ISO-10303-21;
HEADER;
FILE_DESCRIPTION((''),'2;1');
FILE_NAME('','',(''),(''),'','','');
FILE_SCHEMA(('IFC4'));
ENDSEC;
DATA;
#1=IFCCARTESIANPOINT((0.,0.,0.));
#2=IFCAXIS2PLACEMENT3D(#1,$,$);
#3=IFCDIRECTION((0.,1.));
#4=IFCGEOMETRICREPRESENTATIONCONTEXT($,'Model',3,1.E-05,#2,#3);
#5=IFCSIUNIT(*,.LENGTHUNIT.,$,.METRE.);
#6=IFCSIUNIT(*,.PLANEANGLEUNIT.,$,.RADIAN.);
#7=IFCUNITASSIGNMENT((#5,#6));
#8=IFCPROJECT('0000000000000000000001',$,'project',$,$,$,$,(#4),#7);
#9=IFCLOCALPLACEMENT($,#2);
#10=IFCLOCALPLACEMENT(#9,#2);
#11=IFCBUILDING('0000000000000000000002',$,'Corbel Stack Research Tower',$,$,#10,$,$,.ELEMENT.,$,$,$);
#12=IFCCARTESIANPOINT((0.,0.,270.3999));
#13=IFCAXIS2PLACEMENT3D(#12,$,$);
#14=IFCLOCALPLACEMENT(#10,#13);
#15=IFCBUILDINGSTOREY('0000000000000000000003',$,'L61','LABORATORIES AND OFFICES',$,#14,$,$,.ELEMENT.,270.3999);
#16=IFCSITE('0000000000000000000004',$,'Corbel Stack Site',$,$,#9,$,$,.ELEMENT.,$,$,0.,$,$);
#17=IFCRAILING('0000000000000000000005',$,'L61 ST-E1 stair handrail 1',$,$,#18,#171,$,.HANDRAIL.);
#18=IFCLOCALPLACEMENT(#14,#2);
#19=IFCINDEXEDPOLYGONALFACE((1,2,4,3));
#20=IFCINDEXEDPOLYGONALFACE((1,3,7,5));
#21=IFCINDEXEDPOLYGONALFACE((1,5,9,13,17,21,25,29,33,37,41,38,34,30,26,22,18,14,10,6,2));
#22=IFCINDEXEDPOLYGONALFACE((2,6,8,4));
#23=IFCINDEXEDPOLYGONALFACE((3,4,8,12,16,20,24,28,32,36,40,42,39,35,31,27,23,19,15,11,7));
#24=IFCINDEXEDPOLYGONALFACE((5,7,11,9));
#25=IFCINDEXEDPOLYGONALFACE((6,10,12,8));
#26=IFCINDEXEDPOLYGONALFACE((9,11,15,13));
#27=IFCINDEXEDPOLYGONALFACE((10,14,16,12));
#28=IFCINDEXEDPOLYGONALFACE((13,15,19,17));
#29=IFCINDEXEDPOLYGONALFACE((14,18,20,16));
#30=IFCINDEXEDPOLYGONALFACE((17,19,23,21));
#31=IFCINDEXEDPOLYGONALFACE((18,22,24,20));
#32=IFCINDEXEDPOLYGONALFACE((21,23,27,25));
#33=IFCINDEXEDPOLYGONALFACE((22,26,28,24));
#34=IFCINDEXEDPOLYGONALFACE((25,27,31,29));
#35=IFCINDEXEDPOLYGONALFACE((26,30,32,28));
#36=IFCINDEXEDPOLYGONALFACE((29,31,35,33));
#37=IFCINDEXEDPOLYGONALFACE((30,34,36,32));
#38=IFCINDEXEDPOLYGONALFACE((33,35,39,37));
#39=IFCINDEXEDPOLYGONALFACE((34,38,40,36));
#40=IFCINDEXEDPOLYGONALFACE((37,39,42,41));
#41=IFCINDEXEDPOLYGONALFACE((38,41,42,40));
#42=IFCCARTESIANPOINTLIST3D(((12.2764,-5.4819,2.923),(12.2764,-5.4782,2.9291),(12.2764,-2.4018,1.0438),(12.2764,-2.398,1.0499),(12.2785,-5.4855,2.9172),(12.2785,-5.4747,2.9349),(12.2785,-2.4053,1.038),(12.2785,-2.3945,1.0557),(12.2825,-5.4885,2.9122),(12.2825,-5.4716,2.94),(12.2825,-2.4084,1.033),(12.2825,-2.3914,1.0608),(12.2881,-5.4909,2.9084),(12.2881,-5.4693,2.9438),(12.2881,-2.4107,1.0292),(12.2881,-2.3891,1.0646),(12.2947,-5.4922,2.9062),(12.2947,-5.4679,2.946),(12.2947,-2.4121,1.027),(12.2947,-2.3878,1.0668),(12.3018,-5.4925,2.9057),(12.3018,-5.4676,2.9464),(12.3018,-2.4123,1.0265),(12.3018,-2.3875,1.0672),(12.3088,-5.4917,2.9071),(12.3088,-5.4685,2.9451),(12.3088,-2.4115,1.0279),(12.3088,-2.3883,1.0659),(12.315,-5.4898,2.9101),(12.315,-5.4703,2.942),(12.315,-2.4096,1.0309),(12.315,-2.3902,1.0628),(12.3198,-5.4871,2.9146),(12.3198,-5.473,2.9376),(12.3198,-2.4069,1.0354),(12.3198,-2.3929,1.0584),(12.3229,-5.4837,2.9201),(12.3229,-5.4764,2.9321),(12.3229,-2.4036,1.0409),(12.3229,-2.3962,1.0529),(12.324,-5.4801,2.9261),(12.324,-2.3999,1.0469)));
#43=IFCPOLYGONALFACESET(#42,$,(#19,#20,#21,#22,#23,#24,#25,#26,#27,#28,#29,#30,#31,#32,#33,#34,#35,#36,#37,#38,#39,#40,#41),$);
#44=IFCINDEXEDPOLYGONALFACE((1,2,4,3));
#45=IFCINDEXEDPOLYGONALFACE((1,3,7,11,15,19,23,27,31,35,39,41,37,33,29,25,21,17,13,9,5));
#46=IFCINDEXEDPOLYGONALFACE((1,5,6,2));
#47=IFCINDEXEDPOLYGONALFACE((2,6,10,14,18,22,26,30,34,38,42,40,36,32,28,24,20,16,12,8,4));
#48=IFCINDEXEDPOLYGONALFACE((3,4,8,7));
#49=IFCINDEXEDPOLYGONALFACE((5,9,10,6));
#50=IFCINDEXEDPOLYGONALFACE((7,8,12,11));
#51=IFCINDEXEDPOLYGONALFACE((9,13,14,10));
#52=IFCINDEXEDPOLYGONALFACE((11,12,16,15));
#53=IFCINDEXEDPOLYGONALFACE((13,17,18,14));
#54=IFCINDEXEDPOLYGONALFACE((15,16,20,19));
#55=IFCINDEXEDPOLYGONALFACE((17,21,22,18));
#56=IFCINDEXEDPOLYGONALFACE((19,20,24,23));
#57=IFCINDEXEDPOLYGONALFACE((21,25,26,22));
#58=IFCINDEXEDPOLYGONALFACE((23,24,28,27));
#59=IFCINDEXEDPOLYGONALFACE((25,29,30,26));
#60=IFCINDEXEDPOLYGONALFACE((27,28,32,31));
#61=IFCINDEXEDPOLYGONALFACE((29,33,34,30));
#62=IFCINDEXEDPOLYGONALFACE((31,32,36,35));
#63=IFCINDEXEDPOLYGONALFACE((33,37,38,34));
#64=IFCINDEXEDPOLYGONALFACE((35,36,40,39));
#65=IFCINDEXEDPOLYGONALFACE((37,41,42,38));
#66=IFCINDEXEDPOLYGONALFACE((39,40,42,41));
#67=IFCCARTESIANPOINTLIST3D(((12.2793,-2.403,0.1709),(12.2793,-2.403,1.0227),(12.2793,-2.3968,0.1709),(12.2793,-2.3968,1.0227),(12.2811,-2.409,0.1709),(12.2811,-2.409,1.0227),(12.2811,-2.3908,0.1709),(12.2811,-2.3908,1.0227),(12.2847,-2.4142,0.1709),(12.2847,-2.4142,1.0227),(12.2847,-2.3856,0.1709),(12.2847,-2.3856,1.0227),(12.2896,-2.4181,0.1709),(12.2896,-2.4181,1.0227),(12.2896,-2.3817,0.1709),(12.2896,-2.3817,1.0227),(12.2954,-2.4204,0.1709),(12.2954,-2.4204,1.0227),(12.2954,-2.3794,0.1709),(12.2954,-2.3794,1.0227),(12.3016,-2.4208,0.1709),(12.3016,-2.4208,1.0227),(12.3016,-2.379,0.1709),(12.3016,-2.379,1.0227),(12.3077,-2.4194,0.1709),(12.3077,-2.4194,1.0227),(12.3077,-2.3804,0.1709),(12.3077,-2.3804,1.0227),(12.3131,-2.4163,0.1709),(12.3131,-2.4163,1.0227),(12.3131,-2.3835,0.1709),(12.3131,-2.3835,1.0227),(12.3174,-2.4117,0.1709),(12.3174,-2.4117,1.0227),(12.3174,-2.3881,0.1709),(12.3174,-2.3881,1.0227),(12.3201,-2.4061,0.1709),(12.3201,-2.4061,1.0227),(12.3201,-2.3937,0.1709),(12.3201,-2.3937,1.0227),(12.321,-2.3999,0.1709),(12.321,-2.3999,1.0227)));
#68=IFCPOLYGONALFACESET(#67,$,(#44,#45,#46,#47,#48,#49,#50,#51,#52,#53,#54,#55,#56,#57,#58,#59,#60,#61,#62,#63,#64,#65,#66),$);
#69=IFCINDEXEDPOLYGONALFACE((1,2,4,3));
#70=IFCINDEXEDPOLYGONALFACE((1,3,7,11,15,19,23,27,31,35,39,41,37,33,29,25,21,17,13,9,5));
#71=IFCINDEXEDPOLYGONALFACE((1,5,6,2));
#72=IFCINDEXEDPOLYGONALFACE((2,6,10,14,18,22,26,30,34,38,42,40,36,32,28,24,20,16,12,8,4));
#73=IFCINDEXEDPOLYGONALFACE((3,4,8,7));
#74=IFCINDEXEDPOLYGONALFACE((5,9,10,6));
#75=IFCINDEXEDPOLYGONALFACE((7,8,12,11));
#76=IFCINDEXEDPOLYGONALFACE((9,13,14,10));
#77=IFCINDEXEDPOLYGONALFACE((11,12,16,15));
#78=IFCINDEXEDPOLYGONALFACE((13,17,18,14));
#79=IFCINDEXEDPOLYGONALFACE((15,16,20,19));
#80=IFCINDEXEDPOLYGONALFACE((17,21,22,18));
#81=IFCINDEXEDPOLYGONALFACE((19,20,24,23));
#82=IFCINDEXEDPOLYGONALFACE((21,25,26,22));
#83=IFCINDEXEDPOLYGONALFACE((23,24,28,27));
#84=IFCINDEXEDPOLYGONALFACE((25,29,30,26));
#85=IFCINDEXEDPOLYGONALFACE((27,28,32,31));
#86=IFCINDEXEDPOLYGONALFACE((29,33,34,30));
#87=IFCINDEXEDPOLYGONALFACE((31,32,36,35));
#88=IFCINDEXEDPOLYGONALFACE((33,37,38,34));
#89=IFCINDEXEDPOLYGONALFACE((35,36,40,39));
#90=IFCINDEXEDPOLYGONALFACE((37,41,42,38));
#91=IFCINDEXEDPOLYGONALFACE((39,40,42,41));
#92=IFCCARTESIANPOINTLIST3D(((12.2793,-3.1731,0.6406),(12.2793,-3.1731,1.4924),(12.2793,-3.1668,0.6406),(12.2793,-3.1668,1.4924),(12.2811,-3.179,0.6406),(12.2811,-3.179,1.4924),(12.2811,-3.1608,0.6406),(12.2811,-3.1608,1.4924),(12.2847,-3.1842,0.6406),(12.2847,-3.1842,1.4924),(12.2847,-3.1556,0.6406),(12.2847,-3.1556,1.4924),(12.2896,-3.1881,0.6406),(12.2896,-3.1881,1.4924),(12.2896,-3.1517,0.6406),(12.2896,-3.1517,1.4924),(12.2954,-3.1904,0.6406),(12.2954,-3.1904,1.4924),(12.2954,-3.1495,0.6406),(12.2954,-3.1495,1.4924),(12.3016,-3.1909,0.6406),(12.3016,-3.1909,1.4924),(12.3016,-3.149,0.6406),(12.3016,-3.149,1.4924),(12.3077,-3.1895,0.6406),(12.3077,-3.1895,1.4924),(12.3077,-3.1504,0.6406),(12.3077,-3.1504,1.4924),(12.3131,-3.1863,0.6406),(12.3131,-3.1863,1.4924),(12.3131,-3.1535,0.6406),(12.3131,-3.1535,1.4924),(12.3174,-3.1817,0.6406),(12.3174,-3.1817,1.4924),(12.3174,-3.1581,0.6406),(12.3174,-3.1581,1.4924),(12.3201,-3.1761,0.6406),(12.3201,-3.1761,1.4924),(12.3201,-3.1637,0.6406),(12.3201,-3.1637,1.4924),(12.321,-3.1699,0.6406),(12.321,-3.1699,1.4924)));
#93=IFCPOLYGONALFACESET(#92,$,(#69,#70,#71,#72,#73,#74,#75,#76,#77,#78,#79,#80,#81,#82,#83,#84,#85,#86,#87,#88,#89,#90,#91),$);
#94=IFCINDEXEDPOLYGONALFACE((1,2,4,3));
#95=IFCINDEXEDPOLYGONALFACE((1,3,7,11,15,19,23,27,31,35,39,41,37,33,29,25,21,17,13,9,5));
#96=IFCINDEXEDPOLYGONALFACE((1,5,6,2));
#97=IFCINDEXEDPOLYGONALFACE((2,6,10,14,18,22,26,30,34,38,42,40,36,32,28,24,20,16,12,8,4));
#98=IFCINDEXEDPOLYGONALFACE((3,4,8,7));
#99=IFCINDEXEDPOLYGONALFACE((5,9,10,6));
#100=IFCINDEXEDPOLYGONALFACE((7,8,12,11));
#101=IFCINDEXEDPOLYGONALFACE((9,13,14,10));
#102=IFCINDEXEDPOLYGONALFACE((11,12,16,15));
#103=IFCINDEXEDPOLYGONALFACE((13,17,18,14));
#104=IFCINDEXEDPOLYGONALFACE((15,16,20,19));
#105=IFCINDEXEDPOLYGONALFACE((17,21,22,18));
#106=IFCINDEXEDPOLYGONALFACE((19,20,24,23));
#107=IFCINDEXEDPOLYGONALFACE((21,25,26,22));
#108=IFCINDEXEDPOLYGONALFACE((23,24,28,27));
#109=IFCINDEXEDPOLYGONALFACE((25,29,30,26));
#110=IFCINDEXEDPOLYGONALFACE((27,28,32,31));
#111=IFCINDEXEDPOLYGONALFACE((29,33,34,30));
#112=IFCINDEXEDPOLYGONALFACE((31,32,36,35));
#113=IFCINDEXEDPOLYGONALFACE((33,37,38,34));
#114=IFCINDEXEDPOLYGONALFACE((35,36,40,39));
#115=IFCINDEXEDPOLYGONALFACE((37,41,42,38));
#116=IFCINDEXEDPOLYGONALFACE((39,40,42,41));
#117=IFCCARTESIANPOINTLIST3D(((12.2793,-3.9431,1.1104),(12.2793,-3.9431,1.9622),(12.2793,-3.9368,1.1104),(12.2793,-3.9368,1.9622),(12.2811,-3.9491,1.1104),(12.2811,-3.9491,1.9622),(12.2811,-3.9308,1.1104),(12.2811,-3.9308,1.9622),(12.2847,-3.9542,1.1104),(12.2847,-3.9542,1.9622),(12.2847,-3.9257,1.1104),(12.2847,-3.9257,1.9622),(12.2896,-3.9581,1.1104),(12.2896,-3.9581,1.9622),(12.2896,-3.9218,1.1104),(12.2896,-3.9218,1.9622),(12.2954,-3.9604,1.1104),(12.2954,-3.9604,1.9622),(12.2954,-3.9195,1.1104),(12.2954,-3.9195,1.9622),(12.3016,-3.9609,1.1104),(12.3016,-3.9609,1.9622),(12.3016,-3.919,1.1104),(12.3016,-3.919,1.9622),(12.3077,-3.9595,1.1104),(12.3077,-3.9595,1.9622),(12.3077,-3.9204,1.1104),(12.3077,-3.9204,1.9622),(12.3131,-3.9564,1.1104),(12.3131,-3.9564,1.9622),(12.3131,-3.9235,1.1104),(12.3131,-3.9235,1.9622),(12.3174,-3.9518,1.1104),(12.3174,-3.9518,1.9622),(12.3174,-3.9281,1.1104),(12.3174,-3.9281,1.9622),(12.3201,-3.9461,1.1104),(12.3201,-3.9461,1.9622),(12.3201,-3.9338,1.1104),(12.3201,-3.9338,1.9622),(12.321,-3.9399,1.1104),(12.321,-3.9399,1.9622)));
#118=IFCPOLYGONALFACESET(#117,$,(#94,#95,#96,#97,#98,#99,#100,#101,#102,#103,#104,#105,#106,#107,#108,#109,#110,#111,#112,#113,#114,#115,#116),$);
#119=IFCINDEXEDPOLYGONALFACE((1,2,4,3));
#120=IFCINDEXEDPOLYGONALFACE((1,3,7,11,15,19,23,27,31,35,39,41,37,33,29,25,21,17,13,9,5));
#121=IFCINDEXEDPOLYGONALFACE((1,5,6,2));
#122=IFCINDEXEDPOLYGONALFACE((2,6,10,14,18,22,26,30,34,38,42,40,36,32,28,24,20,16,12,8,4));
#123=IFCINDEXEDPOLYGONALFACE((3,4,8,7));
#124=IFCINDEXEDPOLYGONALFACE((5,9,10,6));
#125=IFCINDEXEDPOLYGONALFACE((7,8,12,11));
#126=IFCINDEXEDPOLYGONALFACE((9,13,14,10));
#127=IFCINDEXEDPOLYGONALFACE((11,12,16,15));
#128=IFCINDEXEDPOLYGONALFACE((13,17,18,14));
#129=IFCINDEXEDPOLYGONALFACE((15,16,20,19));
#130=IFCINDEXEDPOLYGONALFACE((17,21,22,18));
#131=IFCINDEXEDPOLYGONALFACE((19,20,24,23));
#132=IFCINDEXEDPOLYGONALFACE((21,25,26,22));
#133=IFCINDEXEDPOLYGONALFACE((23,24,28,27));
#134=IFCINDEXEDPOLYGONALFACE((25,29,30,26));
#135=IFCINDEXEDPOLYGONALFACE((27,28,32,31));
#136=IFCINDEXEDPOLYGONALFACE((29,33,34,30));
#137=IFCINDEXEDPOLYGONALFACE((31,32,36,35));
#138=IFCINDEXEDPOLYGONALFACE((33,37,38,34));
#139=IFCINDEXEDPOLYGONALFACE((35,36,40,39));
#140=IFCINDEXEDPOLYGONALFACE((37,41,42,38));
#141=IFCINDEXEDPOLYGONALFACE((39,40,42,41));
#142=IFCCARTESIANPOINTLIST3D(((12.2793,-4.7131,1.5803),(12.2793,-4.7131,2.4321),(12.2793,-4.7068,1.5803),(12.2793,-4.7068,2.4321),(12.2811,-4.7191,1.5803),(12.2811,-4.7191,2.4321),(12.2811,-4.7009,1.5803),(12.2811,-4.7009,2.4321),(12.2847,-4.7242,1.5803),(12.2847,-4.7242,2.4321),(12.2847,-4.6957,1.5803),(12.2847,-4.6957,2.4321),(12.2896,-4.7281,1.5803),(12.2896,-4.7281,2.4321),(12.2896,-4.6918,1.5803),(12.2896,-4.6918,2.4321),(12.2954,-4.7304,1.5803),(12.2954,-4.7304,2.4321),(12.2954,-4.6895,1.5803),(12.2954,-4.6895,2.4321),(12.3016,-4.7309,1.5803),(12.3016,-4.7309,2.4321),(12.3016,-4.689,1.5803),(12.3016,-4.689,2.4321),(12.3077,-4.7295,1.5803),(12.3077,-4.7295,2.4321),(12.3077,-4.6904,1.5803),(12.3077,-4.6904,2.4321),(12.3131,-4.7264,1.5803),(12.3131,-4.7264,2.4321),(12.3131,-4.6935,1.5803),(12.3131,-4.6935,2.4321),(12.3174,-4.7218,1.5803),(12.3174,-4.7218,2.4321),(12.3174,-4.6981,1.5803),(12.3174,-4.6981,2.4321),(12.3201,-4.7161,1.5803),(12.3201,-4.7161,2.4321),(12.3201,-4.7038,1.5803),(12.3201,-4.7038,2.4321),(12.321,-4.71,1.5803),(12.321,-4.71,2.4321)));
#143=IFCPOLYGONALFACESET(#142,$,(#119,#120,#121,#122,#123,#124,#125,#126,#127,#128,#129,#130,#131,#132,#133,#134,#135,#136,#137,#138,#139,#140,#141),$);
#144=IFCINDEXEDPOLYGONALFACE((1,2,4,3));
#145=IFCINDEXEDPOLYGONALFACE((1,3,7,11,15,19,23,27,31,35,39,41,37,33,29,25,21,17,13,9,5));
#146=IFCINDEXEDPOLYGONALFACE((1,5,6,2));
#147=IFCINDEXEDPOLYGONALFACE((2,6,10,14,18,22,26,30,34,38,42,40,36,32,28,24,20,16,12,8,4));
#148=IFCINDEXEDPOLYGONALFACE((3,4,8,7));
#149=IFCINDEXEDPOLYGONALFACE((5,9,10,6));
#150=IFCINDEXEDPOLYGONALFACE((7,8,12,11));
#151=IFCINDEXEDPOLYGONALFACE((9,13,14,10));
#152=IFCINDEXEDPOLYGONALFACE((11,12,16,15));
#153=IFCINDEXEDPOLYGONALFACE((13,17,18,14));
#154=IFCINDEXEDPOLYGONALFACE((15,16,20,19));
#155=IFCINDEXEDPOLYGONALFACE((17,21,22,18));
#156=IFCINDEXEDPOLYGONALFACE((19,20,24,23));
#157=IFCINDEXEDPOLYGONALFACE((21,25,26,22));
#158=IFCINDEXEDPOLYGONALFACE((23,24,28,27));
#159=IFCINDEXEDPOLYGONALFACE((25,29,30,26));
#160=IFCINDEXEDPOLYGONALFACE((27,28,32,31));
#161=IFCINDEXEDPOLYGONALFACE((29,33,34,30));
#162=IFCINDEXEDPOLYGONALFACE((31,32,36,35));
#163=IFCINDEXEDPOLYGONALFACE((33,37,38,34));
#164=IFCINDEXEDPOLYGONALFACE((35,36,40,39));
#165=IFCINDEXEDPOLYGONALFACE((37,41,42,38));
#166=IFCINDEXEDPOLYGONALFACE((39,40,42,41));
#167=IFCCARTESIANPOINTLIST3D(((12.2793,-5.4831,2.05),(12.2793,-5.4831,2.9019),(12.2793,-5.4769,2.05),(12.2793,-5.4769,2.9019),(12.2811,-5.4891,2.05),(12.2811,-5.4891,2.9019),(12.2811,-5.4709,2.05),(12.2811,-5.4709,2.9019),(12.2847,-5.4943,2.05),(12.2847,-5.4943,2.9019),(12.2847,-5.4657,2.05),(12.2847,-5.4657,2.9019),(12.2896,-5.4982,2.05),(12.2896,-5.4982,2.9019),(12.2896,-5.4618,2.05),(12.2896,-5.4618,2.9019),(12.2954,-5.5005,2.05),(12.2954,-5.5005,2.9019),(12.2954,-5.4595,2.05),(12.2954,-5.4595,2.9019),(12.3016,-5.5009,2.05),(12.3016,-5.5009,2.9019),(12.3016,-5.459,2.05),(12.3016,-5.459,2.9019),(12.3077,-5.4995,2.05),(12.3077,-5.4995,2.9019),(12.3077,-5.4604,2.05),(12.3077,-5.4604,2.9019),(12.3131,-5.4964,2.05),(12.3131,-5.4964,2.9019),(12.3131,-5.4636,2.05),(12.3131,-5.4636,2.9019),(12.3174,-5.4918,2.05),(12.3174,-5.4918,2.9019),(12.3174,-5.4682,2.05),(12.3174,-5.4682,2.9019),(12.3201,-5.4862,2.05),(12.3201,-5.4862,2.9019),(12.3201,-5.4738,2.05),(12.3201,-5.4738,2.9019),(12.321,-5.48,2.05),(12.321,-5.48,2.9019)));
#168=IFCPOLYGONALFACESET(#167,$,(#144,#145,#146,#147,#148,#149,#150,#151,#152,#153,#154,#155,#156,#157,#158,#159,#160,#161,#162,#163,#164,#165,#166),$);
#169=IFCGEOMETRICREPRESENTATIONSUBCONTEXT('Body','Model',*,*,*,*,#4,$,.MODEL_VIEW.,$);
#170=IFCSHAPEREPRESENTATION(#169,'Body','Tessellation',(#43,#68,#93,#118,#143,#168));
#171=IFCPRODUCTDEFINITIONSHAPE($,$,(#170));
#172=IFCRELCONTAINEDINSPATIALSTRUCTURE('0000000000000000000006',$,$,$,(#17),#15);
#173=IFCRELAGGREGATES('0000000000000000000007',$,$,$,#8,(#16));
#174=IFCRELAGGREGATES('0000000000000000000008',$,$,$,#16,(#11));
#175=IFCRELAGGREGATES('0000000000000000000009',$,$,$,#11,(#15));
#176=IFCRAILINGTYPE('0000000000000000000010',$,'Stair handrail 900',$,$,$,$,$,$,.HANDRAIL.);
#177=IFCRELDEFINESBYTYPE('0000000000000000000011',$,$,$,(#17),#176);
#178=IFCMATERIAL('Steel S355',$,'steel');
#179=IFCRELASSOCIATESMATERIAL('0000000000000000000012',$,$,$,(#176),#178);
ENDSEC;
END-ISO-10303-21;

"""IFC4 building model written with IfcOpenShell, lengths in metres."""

from ifc_helpers import new_model, si_unit, direction, frame, origin, origin_2d, place, context, subcontext, project, spatial, circle, extrude, material, type_object, element, save


model = new_model("IFC4")

# Units and contexts
model_context = context("Model", 3, precision=1e-05, world=origin(), true_north=direction((0.0, 1.0)))
body_context = subcontext(model_context, "Body", "Model", "MODEL_VIEW")
ifc_project = project(units=[si_unit("LENGTHUNIT", "METRE"), si_unit("PLANEANGLEUNIT", "RADIAN")], contexts=[model_context])

# Site, building, storey
site_placement = place(None, origin())
site = spatial("IfcSite", under=ifc_project, at=site_placement, Name="Corbel Stack Site", CompositionType="ELEMENT", RefElevation=0.0)
building_placement = place(site_placement, origin())
building = spatial("IfcBuilding", under=site, at=building_placement, Name="Corbel Stack Research Tower", CompositionType="ELEMENT")
storey_placement = place(building_placement, frame((0.0, 0.0, 270.3999)))
storey = spatial("IfcBuildingStorey", under=building, at=storey_placement, Name="L61", Description="LABORATORIES AND OFFICES", CompositionType="ELEMENT", Elevation=270.3999)

# Railing
ifc_material_1 = material(Name="Steel S355", Category="steel")
railing_type_1 = type_object("IfcRailingType", Name="Stair handrail 900", PredefinedType="HANDRAIL", material=ifc_material_1)
railing_1_placement = place(storey_placement, frame((12.3, -2.3999, 0.1709)))
element("IfcRailing", 1, at=railing_1_placement, inside=storey, type_object=railing_type_1, Name="L61 ST-E1 stair handrail 1", PredefinedType="HANDRAIL", context=body_context, shape_type="SweptSolid", body=[
    extrude(circle(Radius=0.0239, at=origin_2d()), frame((0.0, 0.0, 0.876), z_axis=(0.0, -0.853666, 0.52082), x_axis=(1.0, 0.0, 0.0)), (0.0, 0.0, 1.0), 3.6082),
    extrude(circle(Radius=0.021, at=origin_2d()), origin(), (0.0, 0.0, 1.0), 0.8518),
    extrude(circle(Radius=0.021, at=origin_2d()), frame((0.0, -0.77, 0.4697)), (0.0, 0.0, 1.0), 0.8518),
    extrude(circle(Radius=0.021, at=origin_2d()), frame((0.0, -1.54, 0.9395)), (0.0, 0.0, 1.0), 0.8518),
    extrude(circle(Radius=0.021, at=origin_2d()), frame((0.0, -2.3101, 1.4094)), (0.0, 0.0, 1.0), 0.8518),
    extrude(circle(Radius=0.021, at=origin_2d()), frame((0.0, -3.0801, 1.8792)), (0.0, 0.0, 1.0), 0.8518),
])

save(model, "model.ifc")
